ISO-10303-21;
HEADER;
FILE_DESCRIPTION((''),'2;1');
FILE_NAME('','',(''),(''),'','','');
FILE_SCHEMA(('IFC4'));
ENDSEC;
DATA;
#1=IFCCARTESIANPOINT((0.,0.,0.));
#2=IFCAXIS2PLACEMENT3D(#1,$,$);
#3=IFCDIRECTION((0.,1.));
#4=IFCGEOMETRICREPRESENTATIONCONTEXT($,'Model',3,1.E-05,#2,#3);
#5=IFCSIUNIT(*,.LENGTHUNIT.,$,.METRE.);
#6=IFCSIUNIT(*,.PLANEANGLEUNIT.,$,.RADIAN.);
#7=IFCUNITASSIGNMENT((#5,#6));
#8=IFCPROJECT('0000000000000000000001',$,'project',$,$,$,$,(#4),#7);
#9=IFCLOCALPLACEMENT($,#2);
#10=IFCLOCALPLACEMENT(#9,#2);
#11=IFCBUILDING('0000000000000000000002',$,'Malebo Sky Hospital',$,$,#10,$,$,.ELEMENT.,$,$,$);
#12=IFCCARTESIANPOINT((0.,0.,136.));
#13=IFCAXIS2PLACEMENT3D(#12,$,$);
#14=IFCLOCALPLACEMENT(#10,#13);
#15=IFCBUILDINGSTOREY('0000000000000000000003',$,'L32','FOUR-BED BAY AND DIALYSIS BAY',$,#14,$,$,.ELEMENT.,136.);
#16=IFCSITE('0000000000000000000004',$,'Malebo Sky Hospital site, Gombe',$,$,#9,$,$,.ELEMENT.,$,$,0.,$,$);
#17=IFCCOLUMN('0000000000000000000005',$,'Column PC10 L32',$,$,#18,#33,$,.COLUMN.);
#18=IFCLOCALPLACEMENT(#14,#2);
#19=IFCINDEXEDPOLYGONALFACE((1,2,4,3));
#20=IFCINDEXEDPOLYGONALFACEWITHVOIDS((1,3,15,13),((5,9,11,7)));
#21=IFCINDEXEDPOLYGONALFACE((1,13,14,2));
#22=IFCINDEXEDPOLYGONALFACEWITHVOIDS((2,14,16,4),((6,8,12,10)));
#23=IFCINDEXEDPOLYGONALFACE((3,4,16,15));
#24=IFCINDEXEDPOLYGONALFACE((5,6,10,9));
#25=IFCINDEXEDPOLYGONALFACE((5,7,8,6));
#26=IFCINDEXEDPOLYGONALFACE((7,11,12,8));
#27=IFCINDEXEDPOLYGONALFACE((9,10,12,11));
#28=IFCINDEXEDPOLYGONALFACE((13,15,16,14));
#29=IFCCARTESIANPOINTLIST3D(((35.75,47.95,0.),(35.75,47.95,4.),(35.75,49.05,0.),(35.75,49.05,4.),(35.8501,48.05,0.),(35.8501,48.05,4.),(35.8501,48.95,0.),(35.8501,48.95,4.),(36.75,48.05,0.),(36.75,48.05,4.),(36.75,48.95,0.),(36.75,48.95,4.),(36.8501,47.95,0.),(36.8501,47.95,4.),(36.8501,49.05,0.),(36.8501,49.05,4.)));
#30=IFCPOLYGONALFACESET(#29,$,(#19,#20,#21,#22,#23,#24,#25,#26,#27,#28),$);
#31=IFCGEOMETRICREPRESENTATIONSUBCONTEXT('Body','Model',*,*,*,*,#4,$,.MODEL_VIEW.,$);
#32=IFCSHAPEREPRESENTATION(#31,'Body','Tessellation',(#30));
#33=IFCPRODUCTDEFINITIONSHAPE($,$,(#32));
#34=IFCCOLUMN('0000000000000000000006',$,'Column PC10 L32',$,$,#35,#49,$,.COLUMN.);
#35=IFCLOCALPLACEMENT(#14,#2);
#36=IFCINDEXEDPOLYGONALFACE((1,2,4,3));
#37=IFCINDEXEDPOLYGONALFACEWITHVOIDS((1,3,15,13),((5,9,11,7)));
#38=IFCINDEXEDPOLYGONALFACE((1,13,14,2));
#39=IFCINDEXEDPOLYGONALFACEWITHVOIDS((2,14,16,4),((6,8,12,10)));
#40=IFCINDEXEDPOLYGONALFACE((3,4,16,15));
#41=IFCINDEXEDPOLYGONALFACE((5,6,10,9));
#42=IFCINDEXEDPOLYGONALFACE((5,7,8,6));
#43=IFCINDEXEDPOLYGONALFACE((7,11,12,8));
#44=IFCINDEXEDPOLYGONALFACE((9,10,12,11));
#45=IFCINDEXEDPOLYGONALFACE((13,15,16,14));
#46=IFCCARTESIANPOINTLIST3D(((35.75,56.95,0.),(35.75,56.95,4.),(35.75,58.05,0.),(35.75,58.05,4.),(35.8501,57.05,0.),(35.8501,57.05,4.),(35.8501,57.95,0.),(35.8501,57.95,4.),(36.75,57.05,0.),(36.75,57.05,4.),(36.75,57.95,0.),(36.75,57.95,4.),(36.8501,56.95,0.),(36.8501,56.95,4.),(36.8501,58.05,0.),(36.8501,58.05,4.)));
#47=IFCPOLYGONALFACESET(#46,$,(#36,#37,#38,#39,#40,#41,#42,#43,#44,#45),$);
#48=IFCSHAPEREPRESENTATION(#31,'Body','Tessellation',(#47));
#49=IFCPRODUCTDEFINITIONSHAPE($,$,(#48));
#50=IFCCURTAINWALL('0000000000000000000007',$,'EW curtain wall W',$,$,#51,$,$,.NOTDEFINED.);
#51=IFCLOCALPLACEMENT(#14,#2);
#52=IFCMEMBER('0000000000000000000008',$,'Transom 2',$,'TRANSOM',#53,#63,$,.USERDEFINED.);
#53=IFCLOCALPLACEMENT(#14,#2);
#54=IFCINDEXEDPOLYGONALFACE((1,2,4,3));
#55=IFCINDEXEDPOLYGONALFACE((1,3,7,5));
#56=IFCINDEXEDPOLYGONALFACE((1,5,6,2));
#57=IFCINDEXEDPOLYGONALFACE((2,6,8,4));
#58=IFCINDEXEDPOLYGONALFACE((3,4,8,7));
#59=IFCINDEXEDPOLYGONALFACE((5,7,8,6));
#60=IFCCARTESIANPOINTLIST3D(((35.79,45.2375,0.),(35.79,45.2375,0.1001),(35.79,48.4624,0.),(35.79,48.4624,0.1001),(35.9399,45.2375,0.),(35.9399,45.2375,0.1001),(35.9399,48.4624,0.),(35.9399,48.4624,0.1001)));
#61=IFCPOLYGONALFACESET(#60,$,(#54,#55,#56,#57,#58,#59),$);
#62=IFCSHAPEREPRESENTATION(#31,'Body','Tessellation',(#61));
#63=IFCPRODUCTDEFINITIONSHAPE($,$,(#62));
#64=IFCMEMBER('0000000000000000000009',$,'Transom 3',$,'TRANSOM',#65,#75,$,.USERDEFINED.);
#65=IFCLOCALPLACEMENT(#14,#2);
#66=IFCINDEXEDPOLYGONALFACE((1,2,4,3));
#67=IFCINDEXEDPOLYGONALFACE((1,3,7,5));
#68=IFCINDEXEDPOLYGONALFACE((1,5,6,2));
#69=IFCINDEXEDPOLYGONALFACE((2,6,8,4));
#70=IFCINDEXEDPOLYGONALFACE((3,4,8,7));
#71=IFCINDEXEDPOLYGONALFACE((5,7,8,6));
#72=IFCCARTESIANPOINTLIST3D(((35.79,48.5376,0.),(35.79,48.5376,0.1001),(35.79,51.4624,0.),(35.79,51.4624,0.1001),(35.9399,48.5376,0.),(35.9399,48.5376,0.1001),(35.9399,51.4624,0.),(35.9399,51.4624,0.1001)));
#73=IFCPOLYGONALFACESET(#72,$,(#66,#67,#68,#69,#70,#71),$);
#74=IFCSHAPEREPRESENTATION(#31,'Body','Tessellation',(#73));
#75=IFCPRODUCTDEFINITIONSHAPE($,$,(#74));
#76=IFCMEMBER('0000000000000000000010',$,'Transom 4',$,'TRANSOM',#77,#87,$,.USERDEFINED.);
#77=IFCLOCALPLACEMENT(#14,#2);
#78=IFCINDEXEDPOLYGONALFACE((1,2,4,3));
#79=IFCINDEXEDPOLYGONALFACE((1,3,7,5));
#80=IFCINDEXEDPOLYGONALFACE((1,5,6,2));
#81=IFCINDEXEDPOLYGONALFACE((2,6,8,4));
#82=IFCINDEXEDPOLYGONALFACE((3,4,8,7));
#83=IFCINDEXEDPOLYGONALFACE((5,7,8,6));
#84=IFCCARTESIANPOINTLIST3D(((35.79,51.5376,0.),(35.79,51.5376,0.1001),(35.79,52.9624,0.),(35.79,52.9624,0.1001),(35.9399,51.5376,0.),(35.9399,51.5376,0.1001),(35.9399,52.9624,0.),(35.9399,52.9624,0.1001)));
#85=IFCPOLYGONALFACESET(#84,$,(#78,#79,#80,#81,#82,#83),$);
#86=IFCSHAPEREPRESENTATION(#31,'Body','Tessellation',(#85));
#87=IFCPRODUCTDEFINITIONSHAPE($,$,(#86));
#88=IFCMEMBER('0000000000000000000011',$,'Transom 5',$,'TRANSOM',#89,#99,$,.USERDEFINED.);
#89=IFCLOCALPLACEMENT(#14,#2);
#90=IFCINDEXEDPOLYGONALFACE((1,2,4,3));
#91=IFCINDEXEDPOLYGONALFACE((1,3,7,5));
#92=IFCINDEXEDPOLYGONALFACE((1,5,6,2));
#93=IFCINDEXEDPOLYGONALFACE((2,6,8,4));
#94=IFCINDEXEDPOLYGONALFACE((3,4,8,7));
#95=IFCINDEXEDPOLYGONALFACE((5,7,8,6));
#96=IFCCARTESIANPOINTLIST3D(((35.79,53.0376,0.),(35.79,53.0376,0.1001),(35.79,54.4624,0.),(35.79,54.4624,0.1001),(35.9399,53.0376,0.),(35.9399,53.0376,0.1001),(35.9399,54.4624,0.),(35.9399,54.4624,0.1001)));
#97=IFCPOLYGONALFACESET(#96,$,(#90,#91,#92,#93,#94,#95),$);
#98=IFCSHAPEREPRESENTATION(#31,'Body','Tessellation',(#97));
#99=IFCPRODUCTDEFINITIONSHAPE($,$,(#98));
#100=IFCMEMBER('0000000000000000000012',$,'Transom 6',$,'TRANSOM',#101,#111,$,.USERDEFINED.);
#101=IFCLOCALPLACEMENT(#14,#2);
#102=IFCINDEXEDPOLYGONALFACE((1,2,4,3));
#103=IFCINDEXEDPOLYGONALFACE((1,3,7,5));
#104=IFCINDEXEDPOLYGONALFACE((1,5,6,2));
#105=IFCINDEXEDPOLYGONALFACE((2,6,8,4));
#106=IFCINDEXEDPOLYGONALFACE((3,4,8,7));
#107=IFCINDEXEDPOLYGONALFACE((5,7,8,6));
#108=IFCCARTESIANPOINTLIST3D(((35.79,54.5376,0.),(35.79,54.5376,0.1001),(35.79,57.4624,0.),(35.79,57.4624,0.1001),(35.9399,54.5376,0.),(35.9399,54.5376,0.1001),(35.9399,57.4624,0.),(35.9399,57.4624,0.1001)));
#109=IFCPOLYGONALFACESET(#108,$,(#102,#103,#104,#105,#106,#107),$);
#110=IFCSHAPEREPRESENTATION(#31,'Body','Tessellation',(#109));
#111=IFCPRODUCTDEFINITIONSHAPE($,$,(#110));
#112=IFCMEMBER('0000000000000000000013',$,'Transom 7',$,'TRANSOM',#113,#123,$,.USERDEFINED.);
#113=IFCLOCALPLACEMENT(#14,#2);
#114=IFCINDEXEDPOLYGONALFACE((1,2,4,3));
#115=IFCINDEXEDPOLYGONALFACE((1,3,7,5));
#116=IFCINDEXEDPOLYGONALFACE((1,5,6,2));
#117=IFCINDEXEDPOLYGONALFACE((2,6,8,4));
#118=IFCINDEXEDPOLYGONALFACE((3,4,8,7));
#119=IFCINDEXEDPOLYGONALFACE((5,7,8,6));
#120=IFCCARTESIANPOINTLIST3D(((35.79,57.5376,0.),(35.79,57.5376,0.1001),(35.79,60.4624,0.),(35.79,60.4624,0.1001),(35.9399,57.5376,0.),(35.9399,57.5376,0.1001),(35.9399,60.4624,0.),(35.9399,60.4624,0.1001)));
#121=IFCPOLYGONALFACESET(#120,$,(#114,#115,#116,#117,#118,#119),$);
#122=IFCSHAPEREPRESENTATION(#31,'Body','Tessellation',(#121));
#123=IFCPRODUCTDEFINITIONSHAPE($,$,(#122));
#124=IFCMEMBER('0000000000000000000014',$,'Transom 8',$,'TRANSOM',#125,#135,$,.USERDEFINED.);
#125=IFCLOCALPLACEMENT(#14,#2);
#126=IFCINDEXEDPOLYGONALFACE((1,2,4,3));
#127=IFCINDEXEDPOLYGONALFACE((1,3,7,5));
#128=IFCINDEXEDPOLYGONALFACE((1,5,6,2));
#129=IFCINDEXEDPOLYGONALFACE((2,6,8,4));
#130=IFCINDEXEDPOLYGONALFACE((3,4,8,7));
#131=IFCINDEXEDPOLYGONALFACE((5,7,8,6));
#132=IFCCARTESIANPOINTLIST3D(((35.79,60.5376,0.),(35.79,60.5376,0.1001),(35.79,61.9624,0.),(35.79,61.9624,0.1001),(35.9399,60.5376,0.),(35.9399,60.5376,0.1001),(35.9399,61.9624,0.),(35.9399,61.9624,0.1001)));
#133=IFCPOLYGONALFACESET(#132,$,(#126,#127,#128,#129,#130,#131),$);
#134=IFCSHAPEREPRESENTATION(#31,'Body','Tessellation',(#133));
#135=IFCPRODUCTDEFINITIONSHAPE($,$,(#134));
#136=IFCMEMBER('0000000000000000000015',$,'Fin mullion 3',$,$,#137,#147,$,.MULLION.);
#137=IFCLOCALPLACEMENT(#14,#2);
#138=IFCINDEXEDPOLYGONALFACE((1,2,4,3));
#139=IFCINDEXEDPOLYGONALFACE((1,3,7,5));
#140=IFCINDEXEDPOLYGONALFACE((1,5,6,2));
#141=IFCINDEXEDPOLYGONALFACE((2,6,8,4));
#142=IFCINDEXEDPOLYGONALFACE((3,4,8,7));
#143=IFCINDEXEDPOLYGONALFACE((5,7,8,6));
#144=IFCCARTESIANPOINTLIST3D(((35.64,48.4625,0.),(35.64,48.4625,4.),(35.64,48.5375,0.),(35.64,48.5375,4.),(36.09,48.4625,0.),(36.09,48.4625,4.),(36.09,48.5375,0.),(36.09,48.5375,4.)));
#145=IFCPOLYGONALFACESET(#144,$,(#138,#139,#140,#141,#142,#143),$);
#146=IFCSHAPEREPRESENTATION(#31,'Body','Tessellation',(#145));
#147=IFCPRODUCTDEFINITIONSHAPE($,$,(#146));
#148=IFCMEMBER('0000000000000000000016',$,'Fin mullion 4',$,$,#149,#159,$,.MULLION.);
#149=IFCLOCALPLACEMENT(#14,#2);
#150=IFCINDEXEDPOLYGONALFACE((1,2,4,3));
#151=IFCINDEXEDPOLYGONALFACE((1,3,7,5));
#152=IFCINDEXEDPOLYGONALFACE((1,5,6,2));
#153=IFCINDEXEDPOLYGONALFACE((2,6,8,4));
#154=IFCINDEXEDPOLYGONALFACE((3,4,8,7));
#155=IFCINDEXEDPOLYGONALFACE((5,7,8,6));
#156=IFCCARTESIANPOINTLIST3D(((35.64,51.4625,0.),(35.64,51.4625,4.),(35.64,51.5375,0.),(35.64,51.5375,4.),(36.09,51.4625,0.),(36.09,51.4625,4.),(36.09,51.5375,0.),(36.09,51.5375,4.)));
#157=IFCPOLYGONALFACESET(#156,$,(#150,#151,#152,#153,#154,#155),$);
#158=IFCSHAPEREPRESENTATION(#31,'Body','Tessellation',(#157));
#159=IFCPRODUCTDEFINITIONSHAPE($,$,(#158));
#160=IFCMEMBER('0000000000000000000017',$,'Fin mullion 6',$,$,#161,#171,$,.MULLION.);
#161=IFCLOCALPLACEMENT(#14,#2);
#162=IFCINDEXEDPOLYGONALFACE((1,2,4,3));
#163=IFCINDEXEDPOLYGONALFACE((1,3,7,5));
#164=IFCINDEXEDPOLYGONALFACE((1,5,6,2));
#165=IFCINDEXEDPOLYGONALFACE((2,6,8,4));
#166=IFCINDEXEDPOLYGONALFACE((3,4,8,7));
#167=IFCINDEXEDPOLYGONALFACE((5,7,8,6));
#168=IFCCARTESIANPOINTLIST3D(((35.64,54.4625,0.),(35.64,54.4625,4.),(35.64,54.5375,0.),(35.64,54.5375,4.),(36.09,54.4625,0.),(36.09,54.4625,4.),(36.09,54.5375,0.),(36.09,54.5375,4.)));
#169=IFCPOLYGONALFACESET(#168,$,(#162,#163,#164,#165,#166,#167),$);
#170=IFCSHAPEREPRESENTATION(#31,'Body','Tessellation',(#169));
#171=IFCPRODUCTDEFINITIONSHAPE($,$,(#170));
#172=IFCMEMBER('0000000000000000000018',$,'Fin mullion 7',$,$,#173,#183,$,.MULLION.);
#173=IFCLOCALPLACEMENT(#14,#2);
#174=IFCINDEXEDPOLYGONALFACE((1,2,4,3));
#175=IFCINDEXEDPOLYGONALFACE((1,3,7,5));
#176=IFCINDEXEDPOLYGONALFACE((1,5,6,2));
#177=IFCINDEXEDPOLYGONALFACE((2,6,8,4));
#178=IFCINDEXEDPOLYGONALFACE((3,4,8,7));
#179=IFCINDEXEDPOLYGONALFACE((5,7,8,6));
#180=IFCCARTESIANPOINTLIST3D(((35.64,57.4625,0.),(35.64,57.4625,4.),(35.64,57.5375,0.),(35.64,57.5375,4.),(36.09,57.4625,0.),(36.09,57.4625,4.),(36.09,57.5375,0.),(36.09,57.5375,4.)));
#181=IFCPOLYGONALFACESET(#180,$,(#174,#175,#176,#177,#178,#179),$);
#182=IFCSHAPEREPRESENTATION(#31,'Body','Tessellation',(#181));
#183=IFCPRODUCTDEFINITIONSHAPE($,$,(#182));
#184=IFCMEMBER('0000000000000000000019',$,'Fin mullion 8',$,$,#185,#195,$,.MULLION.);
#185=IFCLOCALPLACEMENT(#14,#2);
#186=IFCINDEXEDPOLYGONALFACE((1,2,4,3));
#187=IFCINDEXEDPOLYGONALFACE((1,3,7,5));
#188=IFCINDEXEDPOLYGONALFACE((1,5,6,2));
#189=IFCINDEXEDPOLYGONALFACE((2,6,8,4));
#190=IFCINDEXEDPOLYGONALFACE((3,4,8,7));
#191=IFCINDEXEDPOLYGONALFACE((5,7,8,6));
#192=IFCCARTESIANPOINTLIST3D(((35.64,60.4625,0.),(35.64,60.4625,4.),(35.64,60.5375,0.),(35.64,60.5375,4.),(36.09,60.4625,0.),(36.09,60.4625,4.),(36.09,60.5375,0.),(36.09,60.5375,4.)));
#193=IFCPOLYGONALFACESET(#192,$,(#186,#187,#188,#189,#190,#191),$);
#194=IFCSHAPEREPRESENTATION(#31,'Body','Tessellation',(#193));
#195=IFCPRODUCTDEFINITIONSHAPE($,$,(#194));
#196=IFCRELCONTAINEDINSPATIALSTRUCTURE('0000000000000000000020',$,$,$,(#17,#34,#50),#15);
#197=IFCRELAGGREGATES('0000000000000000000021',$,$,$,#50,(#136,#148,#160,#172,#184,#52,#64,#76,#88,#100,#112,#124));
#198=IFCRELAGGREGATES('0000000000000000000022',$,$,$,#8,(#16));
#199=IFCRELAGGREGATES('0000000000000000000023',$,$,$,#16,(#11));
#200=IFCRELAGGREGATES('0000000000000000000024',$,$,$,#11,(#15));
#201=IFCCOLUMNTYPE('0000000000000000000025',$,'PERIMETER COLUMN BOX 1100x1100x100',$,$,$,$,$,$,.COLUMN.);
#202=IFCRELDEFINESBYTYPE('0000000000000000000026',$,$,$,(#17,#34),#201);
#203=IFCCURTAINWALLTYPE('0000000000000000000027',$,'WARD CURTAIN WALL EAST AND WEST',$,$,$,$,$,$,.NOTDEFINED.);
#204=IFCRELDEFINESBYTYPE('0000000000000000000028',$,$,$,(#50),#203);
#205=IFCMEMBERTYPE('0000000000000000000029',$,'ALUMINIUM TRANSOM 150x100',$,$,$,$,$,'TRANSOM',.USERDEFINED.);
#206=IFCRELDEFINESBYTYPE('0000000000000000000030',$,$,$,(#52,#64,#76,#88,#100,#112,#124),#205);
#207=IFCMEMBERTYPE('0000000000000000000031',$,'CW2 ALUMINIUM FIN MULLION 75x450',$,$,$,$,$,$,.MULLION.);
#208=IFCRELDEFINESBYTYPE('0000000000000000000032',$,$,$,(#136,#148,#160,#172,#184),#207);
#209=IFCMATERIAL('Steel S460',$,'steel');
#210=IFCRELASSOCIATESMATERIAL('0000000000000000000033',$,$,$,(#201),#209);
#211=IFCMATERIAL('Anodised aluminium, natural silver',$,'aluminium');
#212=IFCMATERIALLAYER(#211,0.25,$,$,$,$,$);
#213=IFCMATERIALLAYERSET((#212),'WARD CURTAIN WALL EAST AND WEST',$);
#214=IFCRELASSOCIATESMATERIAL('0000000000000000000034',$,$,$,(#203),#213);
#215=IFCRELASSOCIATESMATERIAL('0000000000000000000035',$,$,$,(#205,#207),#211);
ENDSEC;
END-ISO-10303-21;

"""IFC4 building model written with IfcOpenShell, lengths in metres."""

from ifc_helpers import new_model, si_unit, direction, frame, origin, origin_2d, place, context, subcontext, project, spatial, rectangle, hollow_rectangle, extrude, material, layer, layer_set, material_profile, profile_set, type_object, element, aggregate, save


model = new_model("IFC4")

# Units and contexts
model_context = context("Model", 3, precision=1e-05, world=origin(), true_north=direction((0.0, 1.0)))
body_context = subcontext(model_context, "Body", "Model", "MODEL_VIEW")
ifc_project = project(units=[si_unit("LENGTHUNIT", "METRE"), si_unit("PLANEANGLEUNIT", "RADIAN")], contexts=[model_context])

# Site, building, storey
site_placement = place(None, origin())
site = spatial("IfcSite", under=ifc_project, at=site_placement, Name="Malebo Sky Hospital site, Gombe", CompositionType="ELEMENT", RefElevation=0.0)
building_placement = place(site_placement, origin())
building = spatial("IfcBuilding", under=site, at=building_placement, Name="Malebo Sky Hospital", CompositionType="ELEMENT")
storey_placement = place(building_placement, frame((0.0, 0.0, 136.0)))
storey = spatial("IfcBuildingStorey", under=building, at=storey_placement, Name="L32", Description="FOUR-BED BAY AND DIALYSIS BAY", CompositionType="ELEMENT", Elevation=136.0)

# Columns
ifc_material_1 = material(Name="Steel S460", Category="steel")
ifc_material_profile_1 = material_profile(ifc_material_1, hollow_rectangle(XDim=1.1001, YDim=1.1001, WallThickness=0.1001, at=origin_2d()), Name="BOX 1100x1100x100")
ifc_profile_set_1 = profile_set([ifc_material_profile_1], Name="Steel S460")
column_type = type_object("IfcColumnType", Name="PERIMETER COLUMN BOX 1100x1100x100", PredefinedType="COLUMN", material=ifc_profile_set_1)
for number, where, z_axis, x_axis, name in (
    (1, (36.3, 48.5, 0.0), (0.0, 0.0, 1.0), (1.0, 0.0, 0.0), "Column PC10 L32"),
    (2, (36.3, 57.5, 0.0), (0.0, 0.0, 1.0), (1.0, 0.0, 0.0), "Column PC10 L32"),
):
    element("IfcColumn", number, at=place(storey_placement, frame(where, z_axis=z_axis, x_axis=x_axis)), inside=storey, type_object=column_type, Name=name, PredefinedType="COLUMN", context=body_context, shape_type="SweptSolid", body=[
        extrude(hollow_rectangle(XDim=1.1001, YDim=1.1001, WallThickness=0.1001, at=origin_2d()), origin(), (0.0, 0.0, 1.0), 4.0),
    ])

# Curtain wall, members
ifc_material_2 = material(Name="Anodised aluminium, natural silver", Category="aluminium")
ifc_layer_1 = layer(ifc_material_2, 0.25)
ifc_layer_set_1 = layer_set([ifc_layer_1], Name="WARD CURTAIN WALL EAST AND WEST")
curtain_wall_type = type_object("IfcCurtainWallType", Name="WARD CURTAIN WALL EAST AND WEST", PredefinedType="NOTDEFINED", material=ifc_layer_set_1)
curtain_wall_placement = place(storey_placement, origin())
curtain_wall = element("IfcCurtainWall", 3, at=curtain_wall_placement, inside=storey, type_object=curtain_wall_type, Name="EW curtain wall W", PredefinedType="NOTDEFINED")
ifc_material_profile_2 = material_profile(ifc_material_2, rectangle(XDim=0.1499, YDim=0.1001, at=origin_2d()), Name="ALUMINIUM TRANSOM 150x100")
ifc_profile_set_2 = profile_set([ifc_material_profile_2], Name="Anodised aluminium, natural silver")
member_type_1 = type_object("IfcMemberType", Name="ALUMINIUM TRANSOM 150x100", ElementType="TRANSOM", PredefinedType="USERDEFINED", material=ifc_profile_set_2)
member_1_placement = place(storey_placement, frame((35.865, 45.2375, 0.05), z_axis=(0.0, 1.0, 0.0), x_axis=(-1.0, 0.0, 0.0)))
member_1 = element("IfcMember", 4, at=member_1_placement, type_object=member_type_1, Name="Transom 2", ObjectType="TRANSOM", PredefinedType="USERDEFINED", context=body_context, shape_type="SweptSolid", body=[
    extrude(rectangle(XDim=0.1499, YDim=0.1001, at=origin_2d()), origin(), (0.0, 0.0, 1.0), 3.2249),
])
member_2_placement = place(storey_placement, frame((35.865, 48.5376, 0.05), z_axis=(0.0, 1.0, 0.0), x_axis=(-1.0, 0.0, 0.0)))
member_2 = element("IfcMember", 5, at=member_2_placement, type_object=member_type_1, Name="Transom 3", ObjectType="TRANSOM", PredefinedType="USERDEFINED", context=body_context, shape_type="SweptSolid", body=[
    extrude(rectangle(XDim=0.1499, YDim=0.1001, at=origin_2d()), origin(), (0.0, 0.0, 1.0), 2.9248),
])
member_3_placement = place(storey_placement, frame((35.865, 51.5376, 0.05), z_axis=(0.0, 1.0, 0.0), x_axis=(-1.0, 0.0, 0.0)))
member_3 = element("IfcMember", 6, at=member_3_placement, type_object=member_type_1, Name="Transom 4", ObjectType="TRANSOM", PredefinedType="USERDEFINED", context=body_context, shape_type="SweptSolid", body=[
    extrude(rectangle(XDim=0.1499, YDim=0.1001, at=origin_2d()), origin(), (0.0, 0.0, 1.0), 1.4248),
])
member_4_placement = place(storey_placement, frame((35.865, 53.0376, 0.05), z_axis=(0.0, 1.0, 0.0), x_axis=(-1.0, 0.0, 0.0)))
member_4 = element("IfcMember", 7, at=member_4_placement, type_object=member_type_1, Name="Transom 5", ObjectType="TRANSOM", PredefinedType="USERDEFINED", context=body_context, shape_type="SweptSolid", body=[
    extrude(rectangle(XDim=0.1499, YDim=0.1001, at=origin_2d()), origin(), (0.0, 0.0, 1.0), 1.4248),
])
member_5_placement = place(storey_placement, frame((35.865, 54.5376, 0.05), z_axis=(0.0, 1.0, 0.0), x_axis=(-1.0, 0.0, 0.0)))
member_5 = element("IfcMember", 8, at=member_5_placement, type_object=member_type_1, Name="Transom 6", ObjectType="TRANSOM", PredefinedType="USERDEFINED", context=body_context, shape_type="SweptSolid", body=[
    extrude(rectangle(XDim=0.1499, YDim=0.1001, at=origin_2d()), origin(), (0.0, 0.0, 1.0), 2.9248),
])
member_6_placement = place(storey_placement, frame((35.865, 57.5376, 0.05), z_axis=(0.0, 1.0, 0.0), x_axis=(-1.0, 0.0, 0.0)))
member_6 = element("IfcMember", 9, at=member_6_placement, type_object=member_type_1, Name="Transom 7", ObjectType="TRANSOM", PredefinedType="USERDEFINED", context=body_context, shape_type="SweptSolid", body=[
    extrude(rectangle(XDim=0.1499, YDim=0.1001, at=origin_2d()), origin(), (0.0, 0.0, 1.0), 2.9248),
])
member_7_placement = place(storey_placement, frame((35.865, 60.5376, 0.05), z_axis=(0.0, 1.0, 0.0), x_axis=(-1.0, 0.0, 0.0)))
member_7 = element("IfcMember", 10, at=member_7_placement, type_object=member_type_1, Name="Transom 8", ObjectType="TRANSOM", PredefinedType="USERDEFINED", context=body_context, shape_type="SweptSolid", body=[
    extrude(rectangle(XDim=0.1499, YDim=0.1001, at=origin_2d()), origin(), (0.0, 0.0, 1.0), 1.4248),
])
ifc_material_profile_3 = material_profile(ifc_material_2, rectangle(XDim=0.075, YDim=0.45, at=origin_2d()), Name="CW2 ALUMINIUM FIN MULLION 75x450")
ifc_profile_set_3 = profile_set([ifc_material_profile_3], Name="Anodised aluminium, natural silver")
member_type_2 = type_object("IfcMemberType", Name="CW2 ALUMINIUM FIN MULLION 75x450", PredefinedType="MULLION", material=ifc_profile_set_3)
member_8_placement = place(storey_placement, frame((35.865, 48.5, 0.0), z_axis=(0.0, 0.0, 1.0), x_axis=(0.0, 1.0, 0.0)))
member_8 = element("IfcMember", 11, at=member_8_placement, type_object=member_type_2, Name="Fin mullion 3", PredefinedType="MULLION", context=body_context, shape_type="SweptSolid", body=[
    extrude(rectangle(XDim=0.075, YDim=0.45, at=origin_2d()), origin(), (0.0, 0.0, 1.0), 4.0),
])
member_9_placement = place(storey_placement, frame((35.865, 51.5, 0.0), z_axis=(0.0, 0.0, 1.0), x_axis=(0.0, 1.0, 0.0)))
member_9 = element("IfcMember", 12, at=member_9_placement, type_object=member_type_2, Name="Fin mullion 4", PredefinedType="MULLION", context=body_context, shape_type="SweptSolid", body=[
    extrude(rectangle(XDim=0.075, YDim=0.45, at=origin_2d()), origin(), (0.0, 0.0, 1.0), 4.0),
])
member_10_placement = place(storey_placement, frame((35.865, 54.5, 0.0), z_axis=(0.0, 0.0, 1.0), x_axis=(0.0, 1.0, 0.0)))
member_10 = element("IfcMember", 13, at=member_10_placement, type_object=member_type_2, Name="Fin mullion 6", PredefinedType="MULLION", context=body_context, shape_type="SweptSolid", body=[
    extrude(rectangle(XDim=0.075, YDim=0.45, at=origin_2d()), origin(), (0.0, 0.0, 1.0), 4.0),
])
member_11_placement = place(storey_placement, frame((35.865, 57.5, 0.0), z_axis=(0.0, 0.0, 1.0), x_axis=(0.0, 1.0, 0.0)))
member_11 = element("IfcMember", 14, at=member_11_placement, type_object=member_type_2, Name="Fin mullion 7", PredefinedType="MULLION", context=body_context, shape_type="SweptSolid", body=[
    extrude(rectangle(XDim=0.075, YDim=0.45, at=origin_2d()), origin(), (0.0, 0.0, 1.0), 4.0),
])
member_12_placement = place(storey_placement, frame((35.865, 60.5, 0.0), z_axis=(0.0, 0.0, 1.0), x_axis=(0.0, 1.0, 0.0)))
member_12 = element("IfcMember", 15, at=member_12_placement, type_object=member_type_2, Name="Fin mullion 8", PredefinedType="MULLION", context=body_context, shape_type="SweptSolid", body=[
    extrude(rectangle(XDim=0.075, YDim=0.45, at=origin_2d()), origin(), (0.0, 0.0, 1.0), 4.0),
])

aggregate(curtain_wall, [member_8, member_9, member_10, member_11, member_12, member_1, member_2, member_3, member_4, member_5, member_6, member_7])

save(model, "model.ifc")
